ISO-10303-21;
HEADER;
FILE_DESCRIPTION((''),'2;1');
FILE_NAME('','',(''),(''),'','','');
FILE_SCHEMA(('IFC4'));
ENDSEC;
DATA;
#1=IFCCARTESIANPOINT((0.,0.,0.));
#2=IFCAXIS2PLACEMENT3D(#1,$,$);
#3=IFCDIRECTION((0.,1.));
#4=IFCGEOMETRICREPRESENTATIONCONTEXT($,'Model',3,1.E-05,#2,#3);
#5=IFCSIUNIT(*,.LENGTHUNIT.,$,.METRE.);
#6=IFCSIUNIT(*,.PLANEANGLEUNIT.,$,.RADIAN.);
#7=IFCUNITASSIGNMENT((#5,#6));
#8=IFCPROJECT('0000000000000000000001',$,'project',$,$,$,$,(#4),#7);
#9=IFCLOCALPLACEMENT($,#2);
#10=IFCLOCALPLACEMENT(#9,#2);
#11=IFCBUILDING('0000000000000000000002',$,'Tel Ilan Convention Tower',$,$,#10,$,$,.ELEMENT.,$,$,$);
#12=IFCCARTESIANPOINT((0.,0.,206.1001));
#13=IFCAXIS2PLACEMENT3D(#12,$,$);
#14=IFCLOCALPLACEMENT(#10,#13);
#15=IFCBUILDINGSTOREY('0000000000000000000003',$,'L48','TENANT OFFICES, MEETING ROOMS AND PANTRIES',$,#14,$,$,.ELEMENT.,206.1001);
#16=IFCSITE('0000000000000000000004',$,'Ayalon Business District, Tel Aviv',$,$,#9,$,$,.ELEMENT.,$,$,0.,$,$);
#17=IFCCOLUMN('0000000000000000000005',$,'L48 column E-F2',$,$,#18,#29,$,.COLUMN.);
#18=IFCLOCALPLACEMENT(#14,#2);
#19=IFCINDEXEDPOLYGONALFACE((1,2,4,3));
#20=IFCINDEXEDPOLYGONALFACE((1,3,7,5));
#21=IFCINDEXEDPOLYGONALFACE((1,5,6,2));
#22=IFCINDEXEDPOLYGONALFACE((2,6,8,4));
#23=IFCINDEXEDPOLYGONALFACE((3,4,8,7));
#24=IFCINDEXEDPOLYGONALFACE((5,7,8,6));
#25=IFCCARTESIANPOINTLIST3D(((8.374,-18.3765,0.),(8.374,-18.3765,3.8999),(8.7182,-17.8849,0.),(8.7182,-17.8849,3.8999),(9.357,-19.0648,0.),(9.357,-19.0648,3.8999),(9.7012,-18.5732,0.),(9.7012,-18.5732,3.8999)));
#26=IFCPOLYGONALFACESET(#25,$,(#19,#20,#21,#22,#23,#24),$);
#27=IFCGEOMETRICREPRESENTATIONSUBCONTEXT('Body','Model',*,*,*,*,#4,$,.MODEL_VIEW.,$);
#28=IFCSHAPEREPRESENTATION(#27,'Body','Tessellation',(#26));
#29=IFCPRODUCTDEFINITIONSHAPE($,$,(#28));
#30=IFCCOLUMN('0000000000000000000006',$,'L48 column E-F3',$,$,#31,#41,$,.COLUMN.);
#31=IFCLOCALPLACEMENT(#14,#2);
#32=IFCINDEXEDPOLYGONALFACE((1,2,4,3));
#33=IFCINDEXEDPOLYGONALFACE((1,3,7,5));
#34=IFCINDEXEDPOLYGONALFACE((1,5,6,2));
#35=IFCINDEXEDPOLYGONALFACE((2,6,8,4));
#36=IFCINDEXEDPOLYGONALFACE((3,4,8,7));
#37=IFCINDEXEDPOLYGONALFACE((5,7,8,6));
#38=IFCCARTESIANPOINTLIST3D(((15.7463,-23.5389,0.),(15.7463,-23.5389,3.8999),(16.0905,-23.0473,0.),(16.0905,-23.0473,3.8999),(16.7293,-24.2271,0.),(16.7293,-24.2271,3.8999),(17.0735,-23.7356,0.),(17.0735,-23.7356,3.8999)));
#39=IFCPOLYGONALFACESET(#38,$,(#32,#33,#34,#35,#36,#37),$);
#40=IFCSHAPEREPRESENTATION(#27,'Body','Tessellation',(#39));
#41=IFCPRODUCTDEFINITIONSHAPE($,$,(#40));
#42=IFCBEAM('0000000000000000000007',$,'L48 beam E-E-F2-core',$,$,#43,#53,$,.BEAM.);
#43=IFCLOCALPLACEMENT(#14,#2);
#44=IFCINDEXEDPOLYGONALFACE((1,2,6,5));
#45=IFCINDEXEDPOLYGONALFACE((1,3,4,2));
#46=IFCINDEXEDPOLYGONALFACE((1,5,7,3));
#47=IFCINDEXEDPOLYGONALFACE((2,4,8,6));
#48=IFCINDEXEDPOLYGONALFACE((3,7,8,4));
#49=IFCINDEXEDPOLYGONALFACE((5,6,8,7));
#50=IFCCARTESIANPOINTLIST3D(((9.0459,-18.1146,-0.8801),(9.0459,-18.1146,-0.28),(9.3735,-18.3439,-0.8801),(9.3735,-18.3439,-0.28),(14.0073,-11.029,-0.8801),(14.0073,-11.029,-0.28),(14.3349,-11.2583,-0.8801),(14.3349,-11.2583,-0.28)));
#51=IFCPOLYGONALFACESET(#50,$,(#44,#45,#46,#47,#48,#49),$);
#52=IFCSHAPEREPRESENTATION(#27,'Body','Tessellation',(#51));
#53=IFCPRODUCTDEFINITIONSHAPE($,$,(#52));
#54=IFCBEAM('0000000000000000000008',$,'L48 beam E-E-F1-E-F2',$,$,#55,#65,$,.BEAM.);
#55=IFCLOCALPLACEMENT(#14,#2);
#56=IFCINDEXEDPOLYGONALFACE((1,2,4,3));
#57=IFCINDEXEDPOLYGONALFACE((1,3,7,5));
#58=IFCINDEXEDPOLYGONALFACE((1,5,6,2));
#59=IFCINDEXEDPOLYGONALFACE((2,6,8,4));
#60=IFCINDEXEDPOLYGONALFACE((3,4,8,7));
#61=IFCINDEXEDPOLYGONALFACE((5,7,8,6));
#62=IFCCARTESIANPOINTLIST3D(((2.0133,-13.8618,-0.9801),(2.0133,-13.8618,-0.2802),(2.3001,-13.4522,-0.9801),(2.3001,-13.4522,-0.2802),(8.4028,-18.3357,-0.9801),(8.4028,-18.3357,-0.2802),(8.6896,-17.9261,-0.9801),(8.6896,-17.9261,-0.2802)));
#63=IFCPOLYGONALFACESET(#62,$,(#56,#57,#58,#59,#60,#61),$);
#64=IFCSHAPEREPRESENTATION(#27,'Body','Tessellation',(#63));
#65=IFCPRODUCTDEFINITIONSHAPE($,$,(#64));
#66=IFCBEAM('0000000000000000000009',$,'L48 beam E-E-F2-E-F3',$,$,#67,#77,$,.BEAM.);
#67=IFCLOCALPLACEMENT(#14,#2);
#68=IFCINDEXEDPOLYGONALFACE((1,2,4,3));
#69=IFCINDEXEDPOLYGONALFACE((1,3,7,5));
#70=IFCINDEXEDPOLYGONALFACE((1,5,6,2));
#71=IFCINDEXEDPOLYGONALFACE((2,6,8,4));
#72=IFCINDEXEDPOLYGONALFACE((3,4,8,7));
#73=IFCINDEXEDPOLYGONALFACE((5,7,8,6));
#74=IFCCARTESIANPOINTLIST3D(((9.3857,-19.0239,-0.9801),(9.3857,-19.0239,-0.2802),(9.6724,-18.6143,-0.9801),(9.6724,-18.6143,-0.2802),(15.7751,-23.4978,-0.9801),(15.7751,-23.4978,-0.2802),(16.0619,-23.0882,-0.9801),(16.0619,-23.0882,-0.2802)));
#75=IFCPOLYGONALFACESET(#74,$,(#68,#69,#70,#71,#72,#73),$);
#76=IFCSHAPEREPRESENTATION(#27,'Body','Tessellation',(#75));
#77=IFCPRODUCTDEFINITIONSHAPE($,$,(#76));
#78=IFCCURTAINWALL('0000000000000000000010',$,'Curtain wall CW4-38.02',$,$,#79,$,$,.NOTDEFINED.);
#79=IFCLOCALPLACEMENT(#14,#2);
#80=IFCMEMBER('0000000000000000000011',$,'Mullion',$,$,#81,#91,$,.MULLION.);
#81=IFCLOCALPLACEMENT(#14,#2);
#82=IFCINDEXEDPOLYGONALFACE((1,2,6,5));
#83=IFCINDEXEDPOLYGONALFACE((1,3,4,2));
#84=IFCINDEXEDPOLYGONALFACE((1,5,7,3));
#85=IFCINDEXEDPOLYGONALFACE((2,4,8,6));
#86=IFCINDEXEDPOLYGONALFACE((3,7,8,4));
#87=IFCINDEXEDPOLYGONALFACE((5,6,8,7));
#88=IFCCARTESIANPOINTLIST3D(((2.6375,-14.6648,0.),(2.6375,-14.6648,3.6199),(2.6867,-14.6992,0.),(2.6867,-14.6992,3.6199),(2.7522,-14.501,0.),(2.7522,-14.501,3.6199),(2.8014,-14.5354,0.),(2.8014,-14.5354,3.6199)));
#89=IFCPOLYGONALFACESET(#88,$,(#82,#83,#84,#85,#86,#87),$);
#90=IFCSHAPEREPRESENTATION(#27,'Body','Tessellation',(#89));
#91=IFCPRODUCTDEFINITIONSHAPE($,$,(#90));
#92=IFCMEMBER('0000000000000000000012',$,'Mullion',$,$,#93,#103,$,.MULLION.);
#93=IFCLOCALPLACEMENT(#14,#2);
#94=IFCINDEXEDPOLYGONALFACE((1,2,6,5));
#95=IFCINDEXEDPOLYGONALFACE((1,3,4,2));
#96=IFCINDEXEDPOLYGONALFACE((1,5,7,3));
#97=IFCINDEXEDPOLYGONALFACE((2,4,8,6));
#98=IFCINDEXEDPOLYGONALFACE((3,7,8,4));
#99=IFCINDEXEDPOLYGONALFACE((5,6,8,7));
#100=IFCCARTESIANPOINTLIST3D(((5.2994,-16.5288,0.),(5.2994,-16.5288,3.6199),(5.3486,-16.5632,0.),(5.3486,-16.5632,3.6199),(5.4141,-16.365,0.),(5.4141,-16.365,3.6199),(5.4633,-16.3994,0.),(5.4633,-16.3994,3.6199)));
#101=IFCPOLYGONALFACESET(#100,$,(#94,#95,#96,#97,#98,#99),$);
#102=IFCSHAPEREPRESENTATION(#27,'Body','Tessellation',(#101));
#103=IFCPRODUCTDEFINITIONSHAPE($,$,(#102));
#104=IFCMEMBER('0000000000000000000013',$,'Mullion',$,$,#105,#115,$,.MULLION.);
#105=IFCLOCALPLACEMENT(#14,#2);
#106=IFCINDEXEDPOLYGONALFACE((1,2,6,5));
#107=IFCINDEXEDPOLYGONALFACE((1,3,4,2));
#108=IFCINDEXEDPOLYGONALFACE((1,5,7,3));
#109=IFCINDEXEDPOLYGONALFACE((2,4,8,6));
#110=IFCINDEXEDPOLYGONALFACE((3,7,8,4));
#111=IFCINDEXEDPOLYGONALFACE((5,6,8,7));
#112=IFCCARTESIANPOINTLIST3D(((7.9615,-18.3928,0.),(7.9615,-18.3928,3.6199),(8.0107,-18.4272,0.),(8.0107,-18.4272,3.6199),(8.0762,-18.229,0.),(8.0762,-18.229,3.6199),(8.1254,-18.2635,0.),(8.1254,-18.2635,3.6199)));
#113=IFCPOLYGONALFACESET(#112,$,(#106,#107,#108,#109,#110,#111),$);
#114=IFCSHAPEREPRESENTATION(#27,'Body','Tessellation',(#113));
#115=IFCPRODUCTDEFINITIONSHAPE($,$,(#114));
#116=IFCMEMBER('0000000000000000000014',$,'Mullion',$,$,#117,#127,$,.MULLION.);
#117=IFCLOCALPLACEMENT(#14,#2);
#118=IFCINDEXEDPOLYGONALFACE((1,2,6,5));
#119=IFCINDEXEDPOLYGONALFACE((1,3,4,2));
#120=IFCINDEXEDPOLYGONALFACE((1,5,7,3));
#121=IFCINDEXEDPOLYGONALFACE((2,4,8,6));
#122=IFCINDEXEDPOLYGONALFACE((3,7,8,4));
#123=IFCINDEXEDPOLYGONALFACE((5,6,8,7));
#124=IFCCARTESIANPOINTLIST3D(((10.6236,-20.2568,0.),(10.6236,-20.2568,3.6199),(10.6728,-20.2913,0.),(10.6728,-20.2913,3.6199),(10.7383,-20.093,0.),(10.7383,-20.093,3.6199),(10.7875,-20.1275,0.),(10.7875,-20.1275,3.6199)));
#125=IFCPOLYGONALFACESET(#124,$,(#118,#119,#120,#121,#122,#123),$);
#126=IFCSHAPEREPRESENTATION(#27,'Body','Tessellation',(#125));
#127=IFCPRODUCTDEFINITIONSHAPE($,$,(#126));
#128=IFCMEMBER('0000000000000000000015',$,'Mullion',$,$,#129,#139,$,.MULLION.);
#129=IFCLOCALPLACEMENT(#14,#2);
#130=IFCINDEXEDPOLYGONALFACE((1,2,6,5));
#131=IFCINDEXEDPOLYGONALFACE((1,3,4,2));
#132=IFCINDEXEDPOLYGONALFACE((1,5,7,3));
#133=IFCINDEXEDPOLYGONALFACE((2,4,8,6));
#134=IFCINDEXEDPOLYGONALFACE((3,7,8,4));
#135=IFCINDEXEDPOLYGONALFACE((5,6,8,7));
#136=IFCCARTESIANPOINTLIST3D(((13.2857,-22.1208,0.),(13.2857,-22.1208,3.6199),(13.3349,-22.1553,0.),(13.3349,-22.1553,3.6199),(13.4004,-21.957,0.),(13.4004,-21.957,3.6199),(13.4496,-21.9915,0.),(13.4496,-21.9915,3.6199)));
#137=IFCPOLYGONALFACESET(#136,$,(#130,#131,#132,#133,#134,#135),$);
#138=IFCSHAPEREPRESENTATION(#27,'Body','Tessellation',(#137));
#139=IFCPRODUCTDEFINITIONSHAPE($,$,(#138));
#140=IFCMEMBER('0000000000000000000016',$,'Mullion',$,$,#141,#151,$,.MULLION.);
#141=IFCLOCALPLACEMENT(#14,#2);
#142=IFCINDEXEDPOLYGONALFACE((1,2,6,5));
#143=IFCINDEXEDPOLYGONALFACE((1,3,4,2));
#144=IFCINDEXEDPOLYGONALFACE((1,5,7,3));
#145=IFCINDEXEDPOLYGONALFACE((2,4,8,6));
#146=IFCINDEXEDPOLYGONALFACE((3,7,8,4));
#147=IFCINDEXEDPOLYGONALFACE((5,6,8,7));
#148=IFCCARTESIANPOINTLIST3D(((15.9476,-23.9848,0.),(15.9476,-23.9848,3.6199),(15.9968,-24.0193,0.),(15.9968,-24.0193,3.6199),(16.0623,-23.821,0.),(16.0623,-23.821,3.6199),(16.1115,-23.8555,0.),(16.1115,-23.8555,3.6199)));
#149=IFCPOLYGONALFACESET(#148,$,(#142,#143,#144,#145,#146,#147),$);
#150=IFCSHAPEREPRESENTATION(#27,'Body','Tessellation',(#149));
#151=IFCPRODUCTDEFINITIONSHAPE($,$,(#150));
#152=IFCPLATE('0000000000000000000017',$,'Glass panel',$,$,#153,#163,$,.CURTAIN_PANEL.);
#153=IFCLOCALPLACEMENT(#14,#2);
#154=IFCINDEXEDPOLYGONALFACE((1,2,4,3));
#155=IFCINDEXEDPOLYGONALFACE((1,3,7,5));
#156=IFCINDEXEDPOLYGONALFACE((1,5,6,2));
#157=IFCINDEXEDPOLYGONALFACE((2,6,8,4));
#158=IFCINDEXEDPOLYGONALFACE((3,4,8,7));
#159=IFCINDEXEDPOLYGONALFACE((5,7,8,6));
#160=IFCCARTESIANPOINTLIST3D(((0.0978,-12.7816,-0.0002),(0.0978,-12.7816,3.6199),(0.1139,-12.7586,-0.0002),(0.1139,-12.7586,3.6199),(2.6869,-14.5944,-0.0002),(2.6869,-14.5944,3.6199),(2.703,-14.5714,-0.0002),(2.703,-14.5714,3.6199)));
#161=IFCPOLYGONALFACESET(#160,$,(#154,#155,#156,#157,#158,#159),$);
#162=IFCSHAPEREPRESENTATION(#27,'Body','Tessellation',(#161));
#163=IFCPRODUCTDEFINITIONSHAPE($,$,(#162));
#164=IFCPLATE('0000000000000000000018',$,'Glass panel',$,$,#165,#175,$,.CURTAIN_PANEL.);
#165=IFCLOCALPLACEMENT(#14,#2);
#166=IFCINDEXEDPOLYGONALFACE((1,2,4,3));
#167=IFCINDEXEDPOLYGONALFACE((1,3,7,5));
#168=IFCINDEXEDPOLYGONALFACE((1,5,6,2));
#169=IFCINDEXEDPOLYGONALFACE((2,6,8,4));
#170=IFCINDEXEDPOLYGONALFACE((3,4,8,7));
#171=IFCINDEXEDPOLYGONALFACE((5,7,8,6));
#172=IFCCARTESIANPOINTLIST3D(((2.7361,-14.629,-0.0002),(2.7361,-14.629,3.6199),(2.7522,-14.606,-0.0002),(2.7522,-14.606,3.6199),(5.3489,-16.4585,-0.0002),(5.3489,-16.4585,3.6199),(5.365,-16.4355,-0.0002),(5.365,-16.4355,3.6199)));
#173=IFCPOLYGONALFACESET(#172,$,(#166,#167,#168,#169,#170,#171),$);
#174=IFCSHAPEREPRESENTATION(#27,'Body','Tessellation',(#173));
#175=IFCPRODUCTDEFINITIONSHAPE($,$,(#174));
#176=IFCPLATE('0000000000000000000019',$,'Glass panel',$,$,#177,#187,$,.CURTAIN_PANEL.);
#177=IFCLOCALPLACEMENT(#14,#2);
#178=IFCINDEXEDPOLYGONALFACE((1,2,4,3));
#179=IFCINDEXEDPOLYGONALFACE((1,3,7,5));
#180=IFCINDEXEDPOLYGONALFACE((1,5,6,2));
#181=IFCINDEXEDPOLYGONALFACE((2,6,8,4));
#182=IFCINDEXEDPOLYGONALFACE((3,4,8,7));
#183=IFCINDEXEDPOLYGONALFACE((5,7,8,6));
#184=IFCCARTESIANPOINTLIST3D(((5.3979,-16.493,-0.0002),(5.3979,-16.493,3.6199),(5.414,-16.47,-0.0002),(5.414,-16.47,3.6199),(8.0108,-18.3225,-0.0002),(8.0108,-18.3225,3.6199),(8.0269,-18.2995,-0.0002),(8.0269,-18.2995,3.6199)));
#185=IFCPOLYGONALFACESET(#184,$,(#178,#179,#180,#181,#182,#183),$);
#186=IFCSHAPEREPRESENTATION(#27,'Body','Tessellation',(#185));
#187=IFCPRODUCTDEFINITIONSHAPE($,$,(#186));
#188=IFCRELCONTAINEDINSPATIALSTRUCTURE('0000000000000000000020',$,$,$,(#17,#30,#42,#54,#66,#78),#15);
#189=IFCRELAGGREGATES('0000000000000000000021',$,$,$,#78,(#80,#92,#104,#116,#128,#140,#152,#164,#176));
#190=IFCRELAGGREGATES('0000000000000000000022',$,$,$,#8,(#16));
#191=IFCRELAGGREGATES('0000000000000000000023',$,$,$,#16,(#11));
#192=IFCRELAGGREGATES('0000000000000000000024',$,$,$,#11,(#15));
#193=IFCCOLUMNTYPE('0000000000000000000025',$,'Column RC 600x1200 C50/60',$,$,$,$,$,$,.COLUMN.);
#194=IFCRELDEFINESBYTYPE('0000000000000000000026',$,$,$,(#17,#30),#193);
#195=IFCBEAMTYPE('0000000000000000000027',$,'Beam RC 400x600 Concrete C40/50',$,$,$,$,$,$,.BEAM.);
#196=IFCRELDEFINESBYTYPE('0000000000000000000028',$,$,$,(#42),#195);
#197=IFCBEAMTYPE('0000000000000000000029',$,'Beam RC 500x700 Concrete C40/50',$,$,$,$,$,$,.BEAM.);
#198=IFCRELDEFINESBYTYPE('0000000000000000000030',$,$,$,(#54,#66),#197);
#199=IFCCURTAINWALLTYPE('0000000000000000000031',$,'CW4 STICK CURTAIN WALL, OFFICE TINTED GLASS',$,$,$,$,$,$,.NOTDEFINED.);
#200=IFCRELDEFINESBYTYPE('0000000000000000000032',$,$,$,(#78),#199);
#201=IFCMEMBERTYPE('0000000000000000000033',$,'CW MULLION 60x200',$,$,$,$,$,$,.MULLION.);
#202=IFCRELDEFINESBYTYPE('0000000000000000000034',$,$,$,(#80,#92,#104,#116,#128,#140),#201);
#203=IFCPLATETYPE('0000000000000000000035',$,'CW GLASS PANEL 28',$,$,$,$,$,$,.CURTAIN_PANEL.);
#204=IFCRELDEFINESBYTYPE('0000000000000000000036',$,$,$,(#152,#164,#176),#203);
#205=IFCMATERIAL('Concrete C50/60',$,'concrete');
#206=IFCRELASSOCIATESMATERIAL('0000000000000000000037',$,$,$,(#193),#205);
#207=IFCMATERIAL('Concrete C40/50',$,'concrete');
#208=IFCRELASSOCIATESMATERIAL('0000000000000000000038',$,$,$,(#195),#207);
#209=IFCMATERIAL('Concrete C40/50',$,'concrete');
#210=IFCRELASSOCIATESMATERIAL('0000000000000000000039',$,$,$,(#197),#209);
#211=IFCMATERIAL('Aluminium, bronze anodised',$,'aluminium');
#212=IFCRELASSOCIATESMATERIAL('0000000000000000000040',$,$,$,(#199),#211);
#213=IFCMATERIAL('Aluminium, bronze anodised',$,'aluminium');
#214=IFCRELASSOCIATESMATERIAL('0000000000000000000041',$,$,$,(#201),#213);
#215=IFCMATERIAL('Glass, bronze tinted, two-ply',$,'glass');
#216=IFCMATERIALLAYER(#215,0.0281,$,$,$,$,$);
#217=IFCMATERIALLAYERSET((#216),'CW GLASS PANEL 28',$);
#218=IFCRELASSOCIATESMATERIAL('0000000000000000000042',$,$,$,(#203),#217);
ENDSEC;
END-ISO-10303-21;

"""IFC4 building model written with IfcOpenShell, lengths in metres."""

from ifc_helpers import new_model, si_unit, direction, frame, origin, origin_2d, place, context, subcontext, project, spatial, rectangle, extrude, material, layer, layer_set, material_profile, profile_set, type_object, element, aggregate, save


model = new_model("IFC4")

# Units and contexts
model_context = context("Model", 3, precision=1e-05, world=origin(), true_north=direction((0.0, 1.0)))
body_context = subcontext(model_context, "Body", "Model", "MODEL_VIEW")
ifc_project = project(units=[si_unit("LENGTHUNIT", "METRE"), si_unit("PLANEANGLEUNIT", "RADIAN")], contexts=[model_context])

# Site, building, storey
site_placement = place(None, origin())
site = spatial("IfcSite", under=ifc_project, at=site_placement, Name="Ayalon Business District, Tel Aviv", CompositionType="ELEMENT", RefElevation=0.0)
building_placement = place(site_placement, origin())
building = spatial("IfcBuilding", under=site, at=building_placement, Name="Tel Ilan Convention Tower", CompositionType="ELEMENT")
storey_placement = place(building_placement, frame((0.0, 0.0, 206.1001)))
storey = spatial("IfcBuildingStorey", under=building, at=storey_placement, Name="L48", Description="TENANT OFFICES, MEETING ROOMS AND PANTRIES", CompositionType="ELEMENT", Elevation=206.1001)

# Columns
ifc_material_1 = material(Name="Concrete C50/60", Category="concrete")
ifc_material_profile_1 = material_profile(ifc_material_1, rectangle(XDim=1.2, YDim=0.6001, at=origin_2d()), Name="RC 600x1200")
ifc_profile_set_1 = profile_set([ifc_material_profile_1], Name="Concrete C50/60")
column_type = type_object("IfcColumnType", Name="Column RC 600x1200 C50/60", PredefinedType="COLUMN", material=ifc_profile_set_1)
for number, where, z_axis, x_axis, name in (
    (1, (9.0376, -18.4749, 0.0), (0.0, 0.0, 1.0), (0.819152, -0.573576, 0.0), "L48 column E-F2"),
    (2, (16.4099, -23.6372, 0.0), (0.0, 0.0, 1.0), (0.819152, -0.573576, 0.0), "L48 column E-F3"),
):
    element("IfcColumn", number, at=place(storey_placement, frame(where, z_axis=z_axis, x_axis=x_axis)), inside=storey, type_object=column_type, Name=name, PredefinedType="COLUMN", context=body_context, shape_type="SweptSolid", body=[
        extrude(rectangle(XDim=1.2, YDim=0.6001, at=origin_2d()), origin(), (0.0, 0.0, 1.0), 3.8999),
    ])

# Beams
ifc_material_2 = material(Name="Concrete C40/50", Category="concrete")
ifc_material_profile_2 = material_profile(ifc_material_2, rectangle(XDim=0.3999, YDim=0.6001, at=origin_2d()), Name="RC 400x600")
ifc_profile_set_2 = profile_set([ifc_material_profile_2], Name="Concrete C40/50")
beam_type_1 = type_object("IfcBeamType", Name="Beam RC 400x600 Concrete C40/50", PredefinedType="BEAM", material=ifc_profile_set_2)
beam_placement = place(storey_placement, frame((9.2097, -18.2292, -0.5801), z_axis=(0.573574, 0.819154, 0.0), x_axis=(-0.819154, 0.573574, 0.0)))
element("IfcBeam", 3, at=beam_placement, inside=storey, type_object=beam_type_1, Name="L48 beam E-E-F2-core", PredefinedType="BEAM", context=body_context, shape_type="SweptSolid", body=[
    extrude(rectangle(XDim=0.3999, YDim=0.6001, at=origin_2d()), origin(), (0.0, 0.0, 1.0), 8.6499),
])
ifc_material_3 = material(Name="Concrete C40/50", Category="concrete")
ifc_material_profile_3 = material_profile(ifc_material_3, rectangle(XDim=0.5, YDim=0.7, at=origin_2d()), Name="RC 500x700")
ifc_profile_set_3 = profile_set([ifc_material_profile_3], Name="Concrete C40/50")
beam_type_2 = type_object("IfcBeamType", Name="Beam RC 500x700 Concrete C40/50", PredefinedType="BEAM", material=ifc_profile_set_3)
for number, where, z_axis, x_axis, name in (
    (4, (2.1567, -13.657, -0.6301), (0.819154, -0.573574, 0.0), (0.573574, 0.819154, 0.0), "L48 beam E-E-F1-E-F2"),
    (5, (9.5291, -18.8191, -0.6301), (0.819154, -0.573574, 0.0), (0.573574, 0.819154, 0.0), "L48 beam E-E-F2-E-F3"),
):
    element("IfcBeam", number, at=place(storey_placement, frame(where, z_axis=z_axis, x_axis=x_axis)), inside=storey, type_object=beam_type_2, Name=name, PredefinedType="BEAM", context=body_context, shape_type="SweptSolid", body=[
        extrude(rectangle(XDim=0.5, YDim=0.7, at=origin_2d()), origin(), (0.0, 0.0, 1.0), 7.8),
    ])

# Curtain wall, members, plates
ifc_material_4 = material(Name="Aluminium, bronze anodised", Category="aluminium")
curtain_wall_type = type_object("IfcCurtainWallType", Name="CW4 STICK CURTAIN WALL, OFFICE TINTED GLASS", PredefinedType="NOTDEFINED", material=ifc_material_4)
curtain_wall_placement = place(storey_placement, origin())
curtain_wall = element("IfcCurtainWall", 6, at=curtain_wall_placement, inside=storey, type_object=curtain_wall_type, Name="Curtain wall CW4-38.02", PredefinedType="NOTDEFINED")
ifc_material_5 = material(Name="Aluminium, bronze anodised", Category="aluminium")
ifc_material_profile_4 = material_profile(ifc_material_5, rectangle(XDim=0.0601, YDim=0.2, at=origin_2d()), Name="CW MULLION 60x200")
ifc_profile_set_4 = profile_set([ifc_material_profile_4], Name="Aluminium, bronze anodised")
member_type = type_object("IfcMemberType", Name="CW MULLION 60x200", PredefinedType="MULLION", material=ifc_profile_set_4)
member_1_placement = place(storey_placement, frame((2.7195, -14.6001, 0.0), z_axis=(0.0, 0.0, 1.0), x_axis=(0.819152, -0.573576, 0.0)))
member_1 = element("IfcMember", 7, at=member_1_placement, type_object=member_type, Name="Mullion", PredefinedType="MULLION", context=body_context, shape_type="SweptSolid", body=[
    extrude(rectangle(XDim=0.0601, YDim=0.2, at=origin_2d()), origin(), (0.0, 0.0, 1.0), 3.6199),
])
member_2_placement = place(storey_placement, frame((5.3813, -16.4641, 0.0), z_axis=(0.0, 0.0, 1.0), x_axis=(0.819152, -0.573576, 0.0)))
member_2 = element("IfcMember", 8, at=member_2_placement, type_object=member_type, Name="Mullion", PredefinedType="MULLION", context=body_context, shape_type="SweptSolid", body=[
    extrude(rectangle(XDim=0.0601, YDim=0.2, at=origin_2d()), origin(), (0.0, 0.0, 1.0), 3.6199),
])
member_3_placement = place(storey_placement, frame((8.0435, -18.3281, 0.0), z_axis=(0.0, 0.0, 1.0), x_axis=(0.819152, -0.573576, 0.0)))
member_3 = element("IfcMember", 9, at=member_3_placement, type_object=member_type, Name="Mullion", PredefinedType="MULLION", context=body_context, shape_type="SweptSolid", body=[
    extrude(rectangle(XDim=0.0601, YDim=0.2, at=origin_2d()), origin(), (0.0, 0.0, 1.0), 3.6199),
])
member_4_placement = place(storey_placement, frame((10.7056, -20.1921, 0.0), z_axis=(0.0, 0.0, 1.0), x_axis=(0.819152, -0.573576, 0.0)))
member_4 = element("IfcMember", 10, at=member_4_placement, type_object=member_type, Name="Mullion", PredefinedType="MULLION", context=body_context, shape_type="SweptSolid", body=[
    extrude(rectangle(XDim=0.0601, YDim=0.2, at=origin_2d()), origin(), (0.0, 0.0, 1.0), 3.6199),
])
member_5_placement = place(storey_placement, frame((13.3677, -22.0562, 0.0), z_axis=(0.0, 0.0, 1.0), x_axis=(0.819152, -0.573576, 0.0)))
member_5 = element("IfcMember", 11, at=member_5_placement, type_object=member_type, Name="Mullion", PredefinedType="MULLION", context=body_context, shape_type="SweptSolid", body=[
    extrude(rectangle(XDim=0.0601, YDim=0.2, at=origin_2d()), origin(), (0.0, 0.0, 1.0), 3.6199),
])
member_6_placement = place(storey_placement, frame((16.0295, -23.9202, 0.0), z_axis=(0.0, 0.0, 1.0), x_axis=(0.819152, -0.573576, 0.0)))
member_6 = element("IfcMember", 12, at=member_6_placement, type_object=member_type, Name="Mullion", PredefinedType="MULLION", context=body_context, shape_type="SweptSolid", body=[
    extrude(rectangle(XDim=0.0601, YDim=0.2, at=origin_2d()), origin(), (0.0, 0.0, 1.0), 3.6199),
])
ifc_material_6 = material(Name="Glass, bronze tinted, two-ply", Category="glass")
ifc_layer_1 = layer(ifc_material_6, 0.0281)
ifc_layer_set_1 = layer_set([ifc_layer_1], Name="CW GLASS PANEL 28")
plate_type = type_object("IfcPlateType", Name="CW GLASS PANEL 28", PredefinedType="CURTAIN_PANEL", material=ifc_layer_set_1)
plate_1_placement = place(storey_placement, frame((1.4004, -13.6765, -0.0002), z_axis=(0.0, 0.0, 1.0), x_axis=(0.819152, -0.573576, 0.0)))
plate_1 = element("IfcPlate", 13, at=plate_1_placement, type_object=plate_type, Name="Glass panel", PredefinedType="CURTAIN_PANEL", context=body_context, shape_type="SweptSolid", body=[
    extrude(rectangle(XDim=3.1606, YDim=0.0281, at=origin_2d()), origin(), (0.0, 0.0, 1.0), 3.6201),
])
plate_2_placement = place(storey_placement, frame((4.0505, -15.5322, -0.0002), z_axis=(0.0, 0.0, 1.0), x_axis=(0.819152, -0.573576, 0.0)))
plate_2 = element("IfcPlate", 14, at=plate_2_placement, type_object=plate_type, Name="Glass panel", PredefinedType="CURTAIN_PANEL", context=body_context, shape_type="SweptSolid", body=[
    extrude(rectangle(XDim=3.1897, YDim=0.0281, at=origin_2d()), origin(), (0.0, 0.0, 1.0), 3.6201),
])
plate_3_placement = place(storey_placement, frame((6.7124, -17.3962, -0.0002), z_axis=(0.0, 0.0, 1.0), x_axis=(0.819152, -0.573576, 0.0)))
plate_3 = element("IfcPlate", 15, at=plate_3_placement, type_object=plate_type, Name="Glass panel", PredefinedType="CURTAIN_PANEL", context=body_context, shape_type="SweptSolid", body=[
    extrude(rectangle(XDim=3.1897, YDim=0.0281, at=origin_2d()), origin(), (0.0, 0.0, 1.0), 3.6201),
])
aggregate(curtain_wall, [member_1, member_2, member_3, member_4, member_5, member_6, plate_1, plate_2, plate_3])

save(model, "model.ifc")
